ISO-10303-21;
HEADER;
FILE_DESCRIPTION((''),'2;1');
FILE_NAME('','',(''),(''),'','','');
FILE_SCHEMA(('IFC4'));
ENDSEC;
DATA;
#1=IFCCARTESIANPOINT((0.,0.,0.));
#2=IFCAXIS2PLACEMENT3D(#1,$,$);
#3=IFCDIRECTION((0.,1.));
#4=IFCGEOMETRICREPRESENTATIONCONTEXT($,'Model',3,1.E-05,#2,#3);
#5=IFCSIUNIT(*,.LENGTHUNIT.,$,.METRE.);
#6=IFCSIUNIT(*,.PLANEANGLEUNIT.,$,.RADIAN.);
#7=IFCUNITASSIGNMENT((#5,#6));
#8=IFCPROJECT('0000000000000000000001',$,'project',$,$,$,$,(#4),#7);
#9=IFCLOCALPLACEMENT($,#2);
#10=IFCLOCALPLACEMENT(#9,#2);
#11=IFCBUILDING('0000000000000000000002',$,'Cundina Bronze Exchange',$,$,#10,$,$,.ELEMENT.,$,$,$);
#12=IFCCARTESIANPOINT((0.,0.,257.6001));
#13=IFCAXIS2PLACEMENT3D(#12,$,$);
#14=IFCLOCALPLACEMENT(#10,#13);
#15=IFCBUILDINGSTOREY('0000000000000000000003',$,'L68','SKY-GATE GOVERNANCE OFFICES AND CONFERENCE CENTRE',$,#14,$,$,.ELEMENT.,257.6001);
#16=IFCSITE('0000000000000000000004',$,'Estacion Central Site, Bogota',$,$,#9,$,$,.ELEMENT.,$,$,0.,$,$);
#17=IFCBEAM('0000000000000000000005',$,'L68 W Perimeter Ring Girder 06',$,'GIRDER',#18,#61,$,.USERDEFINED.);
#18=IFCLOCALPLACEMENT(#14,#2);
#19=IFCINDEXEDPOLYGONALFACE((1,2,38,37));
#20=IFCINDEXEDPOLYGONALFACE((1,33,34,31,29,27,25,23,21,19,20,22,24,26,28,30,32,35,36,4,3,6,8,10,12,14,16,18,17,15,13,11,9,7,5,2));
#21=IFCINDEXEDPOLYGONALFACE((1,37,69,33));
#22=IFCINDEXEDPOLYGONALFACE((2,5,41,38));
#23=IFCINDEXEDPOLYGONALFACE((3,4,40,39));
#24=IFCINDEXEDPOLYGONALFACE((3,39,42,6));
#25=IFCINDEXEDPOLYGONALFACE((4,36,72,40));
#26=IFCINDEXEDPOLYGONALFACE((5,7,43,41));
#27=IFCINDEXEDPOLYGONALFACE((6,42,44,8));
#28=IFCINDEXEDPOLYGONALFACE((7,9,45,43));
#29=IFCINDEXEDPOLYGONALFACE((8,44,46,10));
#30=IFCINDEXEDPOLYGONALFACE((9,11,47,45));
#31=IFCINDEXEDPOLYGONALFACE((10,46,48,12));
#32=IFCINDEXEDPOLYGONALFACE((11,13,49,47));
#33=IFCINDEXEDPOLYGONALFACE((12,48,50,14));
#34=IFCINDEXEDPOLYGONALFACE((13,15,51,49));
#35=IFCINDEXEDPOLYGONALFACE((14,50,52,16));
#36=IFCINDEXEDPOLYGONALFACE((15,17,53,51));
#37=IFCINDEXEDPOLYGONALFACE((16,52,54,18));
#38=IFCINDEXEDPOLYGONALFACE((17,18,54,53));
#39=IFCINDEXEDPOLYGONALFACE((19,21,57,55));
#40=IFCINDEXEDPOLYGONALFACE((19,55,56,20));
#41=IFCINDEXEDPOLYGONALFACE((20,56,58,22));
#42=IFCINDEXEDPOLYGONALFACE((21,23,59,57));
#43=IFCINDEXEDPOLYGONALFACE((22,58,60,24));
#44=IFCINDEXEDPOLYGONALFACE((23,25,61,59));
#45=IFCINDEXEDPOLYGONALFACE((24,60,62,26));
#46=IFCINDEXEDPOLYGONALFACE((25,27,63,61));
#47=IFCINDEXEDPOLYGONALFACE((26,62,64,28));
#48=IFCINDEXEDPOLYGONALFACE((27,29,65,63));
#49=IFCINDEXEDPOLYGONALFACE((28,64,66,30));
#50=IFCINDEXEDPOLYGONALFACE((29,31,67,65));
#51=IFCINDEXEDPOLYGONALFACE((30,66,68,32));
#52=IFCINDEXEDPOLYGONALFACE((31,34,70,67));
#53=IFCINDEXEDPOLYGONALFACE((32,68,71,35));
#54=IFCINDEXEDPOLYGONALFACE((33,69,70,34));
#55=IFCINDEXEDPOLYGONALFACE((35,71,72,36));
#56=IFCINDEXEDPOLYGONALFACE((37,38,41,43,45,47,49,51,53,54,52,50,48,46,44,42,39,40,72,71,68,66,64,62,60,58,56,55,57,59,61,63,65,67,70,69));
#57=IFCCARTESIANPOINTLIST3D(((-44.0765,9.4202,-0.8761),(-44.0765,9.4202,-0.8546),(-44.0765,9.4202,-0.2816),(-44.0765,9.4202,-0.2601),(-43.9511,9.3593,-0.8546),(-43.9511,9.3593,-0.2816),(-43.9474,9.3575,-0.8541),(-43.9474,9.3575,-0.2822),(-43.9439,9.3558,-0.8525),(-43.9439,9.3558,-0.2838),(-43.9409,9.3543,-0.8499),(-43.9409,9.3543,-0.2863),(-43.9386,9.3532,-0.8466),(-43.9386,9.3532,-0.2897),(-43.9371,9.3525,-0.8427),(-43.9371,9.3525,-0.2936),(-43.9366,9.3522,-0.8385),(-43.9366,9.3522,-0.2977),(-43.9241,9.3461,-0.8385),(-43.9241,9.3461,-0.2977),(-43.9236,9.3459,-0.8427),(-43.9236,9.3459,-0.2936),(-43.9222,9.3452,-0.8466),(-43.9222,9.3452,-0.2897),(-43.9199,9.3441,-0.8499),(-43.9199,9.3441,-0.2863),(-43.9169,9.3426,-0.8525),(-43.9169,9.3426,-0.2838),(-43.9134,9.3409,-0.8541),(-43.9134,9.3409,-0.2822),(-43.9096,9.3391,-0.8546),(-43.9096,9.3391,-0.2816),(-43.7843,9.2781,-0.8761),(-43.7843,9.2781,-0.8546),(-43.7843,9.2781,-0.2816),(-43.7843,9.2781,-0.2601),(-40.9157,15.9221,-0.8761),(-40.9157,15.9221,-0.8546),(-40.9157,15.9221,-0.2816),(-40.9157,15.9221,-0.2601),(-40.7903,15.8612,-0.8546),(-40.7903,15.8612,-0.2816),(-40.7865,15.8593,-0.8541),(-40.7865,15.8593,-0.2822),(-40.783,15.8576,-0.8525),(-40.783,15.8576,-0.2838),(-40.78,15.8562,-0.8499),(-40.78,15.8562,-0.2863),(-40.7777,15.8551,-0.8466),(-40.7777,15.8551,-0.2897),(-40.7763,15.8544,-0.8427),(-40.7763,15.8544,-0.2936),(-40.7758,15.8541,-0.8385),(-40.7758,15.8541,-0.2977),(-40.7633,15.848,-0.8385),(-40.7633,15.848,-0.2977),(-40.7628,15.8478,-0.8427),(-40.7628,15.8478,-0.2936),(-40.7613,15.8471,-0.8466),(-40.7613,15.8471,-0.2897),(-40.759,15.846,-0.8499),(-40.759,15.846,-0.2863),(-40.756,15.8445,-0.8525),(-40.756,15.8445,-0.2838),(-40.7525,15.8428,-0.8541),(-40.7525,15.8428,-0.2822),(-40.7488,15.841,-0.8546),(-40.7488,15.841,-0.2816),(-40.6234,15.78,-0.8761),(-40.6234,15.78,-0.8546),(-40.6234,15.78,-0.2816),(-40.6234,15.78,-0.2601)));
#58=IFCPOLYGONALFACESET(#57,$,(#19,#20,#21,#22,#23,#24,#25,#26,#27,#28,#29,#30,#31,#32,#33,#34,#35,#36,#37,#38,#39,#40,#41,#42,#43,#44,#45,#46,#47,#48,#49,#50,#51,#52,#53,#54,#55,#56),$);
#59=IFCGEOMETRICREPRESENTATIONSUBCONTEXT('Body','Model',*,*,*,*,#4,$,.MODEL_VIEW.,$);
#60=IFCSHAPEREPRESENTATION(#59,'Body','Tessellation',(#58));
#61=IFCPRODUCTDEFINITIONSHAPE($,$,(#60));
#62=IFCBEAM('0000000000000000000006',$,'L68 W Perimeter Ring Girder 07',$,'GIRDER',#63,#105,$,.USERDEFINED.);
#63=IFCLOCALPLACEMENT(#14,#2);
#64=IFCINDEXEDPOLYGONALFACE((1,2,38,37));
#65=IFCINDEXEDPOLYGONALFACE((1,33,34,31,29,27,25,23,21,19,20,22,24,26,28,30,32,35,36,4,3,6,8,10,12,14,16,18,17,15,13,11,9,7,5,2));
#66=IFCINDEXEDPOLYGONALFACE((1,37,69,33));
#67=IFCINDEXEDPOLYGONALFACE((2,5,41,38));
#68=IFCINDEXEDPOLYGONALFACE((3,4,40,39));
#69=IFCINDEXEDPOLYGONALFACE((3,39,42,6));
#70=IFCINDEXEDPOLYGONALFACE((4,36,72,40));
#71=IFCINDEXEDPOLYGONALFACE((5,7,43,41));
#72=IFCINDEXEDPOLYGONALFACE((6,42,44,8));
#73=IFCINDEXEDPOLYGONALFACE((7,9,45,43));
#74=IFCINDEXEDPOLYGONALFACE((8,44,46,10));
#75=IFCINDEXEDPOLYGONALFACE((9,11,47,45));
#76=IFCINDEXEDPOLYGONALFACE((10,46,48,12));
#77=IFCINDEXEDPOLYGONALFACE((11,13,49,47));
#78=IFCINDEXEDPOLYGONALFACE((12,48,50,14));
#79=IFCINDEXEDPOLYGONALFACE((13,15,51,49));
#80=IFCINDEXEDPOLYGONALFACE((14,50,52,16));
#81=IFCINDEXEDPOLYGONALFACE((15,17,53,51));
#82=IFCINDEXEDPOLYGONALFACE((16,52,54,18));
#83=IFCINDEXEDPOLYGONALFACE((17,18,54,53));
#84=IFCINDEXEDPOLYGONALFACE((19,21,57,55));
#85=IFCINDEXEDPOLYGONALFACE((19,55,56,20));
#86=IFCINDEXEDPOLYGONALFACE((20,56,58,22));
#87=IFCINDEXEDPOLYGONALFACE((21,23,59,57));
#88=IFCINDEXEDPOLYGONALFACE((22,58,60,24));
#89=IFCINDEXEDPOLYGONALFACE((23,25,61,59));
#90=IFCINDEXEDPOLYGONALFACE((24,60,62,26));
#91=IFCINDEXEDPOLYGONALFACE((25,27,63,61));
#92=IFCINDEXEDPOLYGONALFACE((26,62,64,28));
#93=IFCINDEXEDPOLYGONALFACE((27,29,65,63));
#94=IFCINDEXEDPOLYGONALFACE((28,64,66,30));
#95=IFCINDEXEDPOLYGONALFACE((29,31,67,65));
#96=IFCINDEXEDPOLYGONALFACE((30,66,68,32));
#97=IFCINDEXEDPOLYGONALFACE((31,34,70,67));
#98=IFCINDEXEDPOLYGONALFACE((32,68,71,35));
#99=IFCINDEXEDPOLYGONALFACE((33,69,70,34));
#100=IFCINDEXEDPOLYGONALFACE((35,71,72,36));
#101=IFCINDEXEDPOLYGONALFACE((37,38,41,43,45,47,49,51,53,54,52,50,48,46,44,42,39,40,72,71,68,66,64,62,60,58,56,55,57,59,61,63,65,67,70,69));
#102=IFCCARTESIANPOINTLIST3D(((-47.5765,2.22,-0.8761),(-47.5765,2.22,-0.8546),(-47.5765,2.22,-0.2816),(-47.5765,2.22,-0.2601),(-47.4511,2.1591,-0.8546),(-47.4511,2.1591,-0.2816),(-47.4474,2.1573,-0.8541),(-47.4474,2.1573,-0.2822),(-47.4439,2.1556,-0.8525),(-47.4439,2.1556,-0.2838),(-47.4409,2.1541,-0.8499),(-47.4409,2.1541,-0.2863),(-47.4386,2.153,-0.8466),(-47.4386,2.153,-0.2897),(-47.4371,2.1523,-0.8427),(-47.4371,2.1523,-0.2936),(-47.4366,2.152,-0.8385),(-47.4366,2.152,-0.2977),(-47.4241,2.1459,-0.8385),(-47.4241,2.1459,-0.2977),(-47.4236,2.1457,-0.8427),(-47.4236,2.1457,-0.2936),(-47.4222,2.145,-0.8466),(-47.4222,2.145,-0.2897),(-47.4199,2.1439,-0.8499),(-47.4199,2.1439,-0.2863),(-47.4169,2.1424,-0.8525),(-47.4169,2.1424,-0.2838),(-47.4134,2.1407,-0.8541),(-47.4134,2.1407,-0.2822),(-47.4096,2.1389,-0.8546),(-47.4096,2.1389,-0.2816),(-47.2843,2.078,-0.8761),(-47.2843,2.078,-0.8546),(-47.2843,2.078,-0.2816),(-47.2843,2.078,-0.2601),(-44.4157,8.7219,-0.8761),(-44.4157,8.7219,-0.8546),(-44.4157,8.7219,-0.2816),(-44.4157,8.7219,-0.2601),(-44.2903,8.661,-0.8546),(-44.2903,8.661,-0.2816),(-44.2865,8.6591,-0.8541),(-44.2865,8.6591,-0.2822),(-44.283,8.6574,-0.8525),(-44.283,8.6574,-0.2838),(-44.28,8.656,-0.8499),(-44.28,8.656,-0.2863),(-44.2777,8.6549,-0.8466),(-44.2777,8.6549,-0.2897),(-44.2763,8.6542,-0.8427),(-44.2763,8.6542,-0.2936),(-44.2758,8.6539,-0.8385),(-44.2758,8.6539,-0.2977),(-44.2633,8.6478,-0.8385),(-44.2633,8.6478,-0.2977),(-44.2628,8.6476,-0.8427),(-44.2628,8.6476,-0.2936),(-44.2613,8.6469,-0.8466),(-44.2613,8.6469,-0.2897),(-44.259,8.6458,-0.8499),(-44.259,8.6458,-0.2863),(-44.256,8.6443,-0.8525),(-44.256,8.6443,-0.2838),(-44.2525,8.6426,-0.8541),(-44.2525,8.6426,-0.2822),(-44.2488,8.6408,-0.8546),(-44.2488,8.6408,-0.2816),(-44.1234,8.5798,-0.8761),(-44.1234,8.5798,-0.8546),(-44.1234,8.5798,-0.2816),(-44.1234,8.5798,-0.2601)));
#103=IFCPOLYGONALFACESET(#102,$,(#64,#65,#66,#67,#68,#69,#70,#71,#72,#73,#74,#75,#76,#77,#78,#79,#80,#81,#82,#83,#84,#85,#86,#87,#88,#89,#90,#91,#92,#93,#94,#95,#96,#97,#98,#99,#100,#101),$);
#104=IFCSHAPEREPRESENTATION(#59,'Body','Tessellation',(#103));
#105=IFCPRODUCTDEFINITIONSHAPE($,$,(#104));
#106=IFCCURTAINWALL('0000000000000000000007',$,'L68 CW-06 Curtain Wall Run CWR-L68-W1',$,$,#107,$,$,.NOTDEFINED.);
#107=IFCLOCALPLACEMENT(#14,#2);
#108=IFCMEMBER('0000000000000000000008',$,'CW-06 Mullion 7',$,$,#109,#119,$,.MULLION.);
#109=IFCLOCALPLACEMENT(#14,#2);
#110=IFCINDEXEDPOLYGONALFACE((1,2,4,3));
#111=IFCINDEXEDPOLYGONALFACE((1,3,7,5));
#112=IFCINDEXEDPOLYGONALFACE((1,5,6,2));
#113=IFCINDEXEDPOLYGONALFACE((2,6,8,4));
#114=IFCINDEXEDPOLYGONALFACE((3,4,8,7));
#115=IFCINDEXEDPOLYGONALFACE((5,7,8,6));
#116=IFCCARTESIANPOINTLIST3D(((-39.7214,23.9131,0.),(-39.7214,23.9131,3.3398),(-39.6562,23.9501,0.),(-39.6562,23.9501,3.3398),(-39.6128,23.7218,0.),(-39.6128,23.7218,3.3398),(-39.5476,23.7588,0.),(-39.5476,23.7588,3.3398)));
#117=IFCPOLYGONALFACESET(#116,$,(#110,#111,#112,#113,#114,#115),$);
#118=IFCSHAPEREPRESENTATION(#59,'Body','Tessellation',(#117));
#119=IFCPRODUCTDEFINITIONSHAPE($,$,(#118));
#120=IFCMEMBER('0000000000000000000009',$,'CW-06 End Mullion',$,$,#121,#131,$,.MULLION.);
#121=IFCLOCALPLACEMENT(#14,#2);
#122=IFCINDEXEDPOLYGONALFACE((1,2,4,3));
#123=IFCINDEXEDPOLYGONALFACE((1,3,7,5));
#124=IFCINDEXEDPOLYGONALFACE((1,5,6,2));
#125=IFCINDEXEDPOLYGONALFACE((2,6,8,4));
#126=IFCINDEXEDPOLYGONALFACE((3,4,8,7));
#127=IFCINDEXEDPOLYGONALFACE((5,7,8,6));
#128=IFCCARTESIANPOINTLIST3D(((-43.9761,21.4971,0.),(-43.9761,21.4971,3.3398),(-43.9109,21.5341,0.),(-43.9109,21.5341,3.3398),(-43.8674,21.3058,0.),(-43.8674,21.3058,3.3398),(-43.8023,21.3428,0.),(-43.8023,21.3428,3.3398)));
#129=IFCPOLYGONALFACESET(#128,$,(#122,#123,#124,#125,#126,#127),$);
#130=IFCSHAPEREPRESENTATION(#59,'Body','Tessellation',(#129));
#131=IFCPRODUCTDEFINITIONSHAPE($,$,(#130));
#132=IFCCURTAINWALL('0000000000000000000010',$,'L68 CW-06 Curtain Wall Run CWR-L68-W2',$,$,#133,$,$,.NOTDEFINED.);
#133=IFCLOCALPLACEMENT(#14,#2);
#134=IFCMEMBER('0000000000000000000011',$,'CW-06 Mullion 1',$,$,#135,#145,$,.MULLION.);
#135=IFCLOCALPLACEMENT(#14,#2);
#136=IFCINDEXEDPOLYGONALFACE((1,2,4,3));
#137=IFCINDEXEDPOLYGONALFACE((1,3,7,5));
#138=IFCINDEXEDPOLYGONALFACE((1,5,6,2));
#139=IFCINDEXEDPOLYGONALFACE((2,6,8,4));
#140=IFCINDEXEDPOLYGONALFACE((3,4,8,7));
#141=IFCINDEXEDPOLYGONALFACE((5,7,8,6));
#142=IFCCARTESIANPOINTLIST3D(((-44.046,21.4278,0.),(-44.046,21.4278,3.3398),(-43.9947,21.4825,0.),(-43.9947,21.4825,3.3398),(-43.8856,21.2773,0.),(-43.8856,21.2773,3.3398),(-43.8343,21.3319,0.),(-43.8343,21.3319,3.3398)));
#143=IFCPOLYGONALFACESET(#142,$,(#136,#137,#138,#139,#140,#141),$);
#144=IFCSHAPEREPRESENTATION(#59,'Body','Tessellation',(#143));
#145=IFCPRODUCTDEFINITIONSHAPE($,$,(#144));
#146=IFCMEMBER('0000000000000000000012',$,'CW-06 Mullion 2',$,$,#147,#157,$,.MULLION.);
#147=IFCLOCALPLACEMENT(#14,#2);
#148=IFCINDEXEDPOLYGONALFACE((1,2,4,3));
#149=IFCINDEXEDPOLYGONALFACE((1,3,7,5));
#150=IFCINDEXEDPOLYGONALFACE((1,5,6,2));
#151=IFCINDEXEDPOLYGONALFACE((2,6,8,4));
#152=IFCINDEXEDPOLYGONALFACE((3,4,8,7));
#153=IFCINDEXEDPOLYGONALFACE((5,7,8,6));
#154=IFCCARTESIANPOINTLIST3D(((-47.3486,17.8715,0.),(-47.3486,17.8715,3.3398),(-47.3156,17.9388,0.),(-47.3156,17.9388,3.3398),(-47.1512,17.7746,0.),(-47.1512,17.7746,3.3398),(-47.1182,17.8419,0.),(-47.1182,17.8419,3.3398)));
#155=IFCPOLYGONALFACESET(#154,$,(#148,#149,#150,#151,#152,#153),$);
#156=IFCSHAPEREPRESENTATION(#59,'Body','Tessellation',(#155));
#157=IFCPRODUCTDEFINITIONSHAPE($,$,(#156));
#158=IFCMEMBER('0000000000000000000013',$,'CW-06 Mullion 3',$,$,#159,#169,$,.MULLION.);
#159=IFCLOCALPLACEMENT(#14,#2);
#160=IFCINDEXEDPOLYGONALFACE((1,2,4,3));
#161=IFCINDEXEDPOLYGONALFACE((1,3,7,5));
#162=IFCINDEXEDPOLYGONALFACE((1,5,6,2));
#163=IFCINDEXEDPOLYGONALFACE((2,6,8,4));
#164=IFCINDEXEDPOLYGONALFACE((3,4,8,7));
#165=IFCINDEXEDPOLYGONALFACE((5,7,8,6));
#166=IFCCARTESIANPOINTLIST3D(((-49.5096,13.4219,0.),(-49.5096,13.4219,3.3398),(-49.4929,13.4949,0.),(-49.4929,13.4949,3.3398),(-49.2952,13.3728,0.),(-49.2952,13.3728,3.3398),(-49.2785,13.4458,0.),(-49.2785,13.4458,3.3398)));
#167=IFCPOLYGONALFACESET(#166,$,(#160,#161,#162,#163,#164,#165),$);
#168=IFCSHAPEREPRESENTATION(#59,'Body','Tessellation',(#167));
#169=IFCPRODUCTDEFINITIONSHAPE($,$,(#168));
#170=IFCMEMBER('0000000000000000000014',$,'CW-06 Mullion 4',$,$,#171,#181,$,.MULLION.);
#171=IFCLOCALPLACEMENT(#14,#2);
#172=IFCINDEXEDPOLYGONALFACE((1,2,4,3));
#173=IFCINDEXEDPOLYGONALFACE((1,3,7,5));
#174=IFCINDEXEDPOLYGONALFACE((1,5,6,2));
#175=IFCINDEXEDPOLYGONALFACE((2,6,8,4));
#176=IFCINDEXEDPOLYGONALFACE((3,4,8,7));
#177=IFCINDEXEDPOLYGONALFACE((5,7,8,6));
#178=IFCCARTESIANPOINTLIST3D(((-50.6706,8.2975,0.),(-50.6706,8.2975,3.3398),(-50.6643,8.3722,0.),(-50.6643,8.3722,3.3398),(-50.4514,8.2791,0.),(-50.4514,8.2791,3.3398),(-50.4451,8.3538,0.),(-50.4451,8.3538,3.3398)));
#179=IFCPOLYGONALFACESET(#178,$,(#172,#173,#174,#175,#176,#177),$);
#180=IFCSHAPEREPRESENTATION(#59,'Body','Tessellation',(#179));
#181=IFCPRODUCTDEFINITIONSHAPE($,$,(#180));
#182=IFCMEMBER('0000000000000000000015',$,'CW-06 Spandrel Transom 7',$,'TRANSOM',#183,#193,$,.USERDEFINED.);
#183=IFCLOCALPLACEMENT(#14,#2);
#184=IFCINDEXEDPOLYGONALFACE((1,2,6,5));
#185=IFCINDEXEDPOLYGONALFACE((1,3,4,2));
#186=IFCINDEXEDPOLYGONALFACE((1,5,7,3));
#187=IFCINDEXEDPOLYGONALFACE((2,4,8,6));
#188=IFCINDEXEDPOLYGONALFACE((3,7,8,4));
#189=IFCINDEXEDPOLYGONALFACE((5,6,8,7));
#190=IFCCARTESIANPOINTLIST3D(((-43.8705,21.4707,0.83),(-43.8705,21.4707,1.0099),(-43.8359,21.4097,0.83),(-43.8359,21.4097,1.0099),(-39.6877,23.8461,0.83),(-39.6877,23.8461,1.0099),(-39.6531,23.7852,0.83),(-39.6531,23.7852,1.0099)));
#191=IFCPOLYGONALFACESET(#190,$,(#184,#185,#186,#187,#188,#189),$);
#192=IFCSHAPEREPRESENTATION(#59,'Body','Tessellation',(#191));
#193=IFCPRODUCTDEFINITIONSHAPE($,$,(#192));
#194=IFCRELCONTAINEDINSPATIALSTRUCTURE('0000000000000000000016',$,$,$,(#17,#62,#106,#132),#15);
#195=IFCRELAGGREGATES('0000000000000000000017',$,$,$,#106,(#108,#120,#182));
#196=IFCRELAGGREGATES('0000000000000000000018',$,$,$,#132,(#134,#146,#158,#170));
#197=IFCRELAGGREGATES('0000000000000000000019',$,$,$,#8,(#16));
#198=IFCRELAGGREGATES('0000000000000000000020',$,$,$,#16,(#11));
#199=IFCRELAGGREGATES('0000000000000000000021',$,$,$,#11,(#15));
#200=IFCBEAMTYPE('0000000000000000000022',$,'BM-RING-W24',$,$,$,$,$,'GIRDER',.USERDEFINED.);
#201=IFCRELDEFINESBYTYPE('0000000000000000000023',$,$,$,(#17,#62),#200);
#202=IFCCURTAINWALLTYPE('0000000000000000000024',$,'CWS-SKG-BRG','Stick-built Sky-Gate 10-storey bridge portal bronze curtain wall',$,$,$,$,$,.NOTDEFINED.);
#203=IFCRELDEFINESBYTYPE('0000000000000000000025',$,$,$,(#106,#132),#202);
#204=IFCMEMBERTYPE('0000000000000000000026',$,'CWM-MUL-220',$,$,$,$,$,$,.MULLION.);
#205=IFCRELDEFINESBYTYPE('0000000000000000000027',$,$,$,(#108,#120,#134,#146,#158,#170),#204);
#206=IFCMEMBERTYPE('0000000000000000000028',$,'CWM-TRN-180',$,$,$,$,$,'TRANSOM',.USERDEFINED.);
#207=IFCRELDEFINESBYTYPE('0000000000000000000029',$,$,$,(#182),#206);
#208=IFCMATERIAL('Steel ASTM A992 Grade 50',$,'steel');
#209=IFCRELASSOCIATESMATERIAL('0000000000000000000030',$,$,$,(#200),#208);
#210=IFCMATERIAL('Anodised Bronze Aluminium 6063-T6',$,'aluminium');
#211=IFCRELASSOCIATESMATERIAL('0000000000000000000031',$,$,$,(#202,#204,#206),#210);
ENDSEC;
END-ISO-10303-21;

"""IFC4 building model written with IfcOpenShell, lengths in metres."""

from ifc_helpers import new_model, si_unit, direction, frame, origin, origin_2d, place, context, subcontext, project, spatial, rectangle, i_section, extrude, material, material_profile, profile_set, type_object, element, aggregate, save


model = new_model("IFC4")

# Units and contexts
model_context = context("Model", 3, precision=1e-05, world=origin(), true_north=direction((0.0, 1.0)))
body_context = subcontext(model_context, "Body", "Model", "MODEL_VIEW")
ifc_project = project(units=[si_unit("LENGTHUNIT", "METRE"), si_unit("PLANEANGLEUNIT", "RADIAN")], contexts=[model_context])

# Site, building, storey
site_placement = place(None, origin())
site = spatial("IfcSite", under=ifc_project, at=site_placement, Name="Estacion Central Site, Bogota", CompositionType="ELEMENT", RefElevation=0.0)
building_placement = place(site_placement, origin())
building = spatial("IfcBuilding", under=site, at=building_placement, Name="Cundina Bronze Exchange", CompositionType="ELEMENT")
storey_placement = place(building_placement, frame((0.0, 0.0, 257.6001)))
storey = spatial("IfcBuildingStorey", under=building, at=storey_placement, Name="L68", Description="SKY-GATE GOVERNANCE OFFICES AND CONFERENCE CENTRE", CompositionType="ELEMENT", Elevation=257.6001)

# Beams
ifc_material_1 = material(Name="Steel ASTM A992 Grade 50", Category="steel")
ifc_material_profile_1 = material_profile(ifc_material_1, i_section(OverallWidth=0.325, OverallDepth=0.616, WebThickness=0.0139, FlangeThickness=0.0215, FilletRadius=0.0161, at=origin_2d()), Name="W24X117", Category="steel")
ifc_profile_set_1 = profile_set([ifc_material_profile_1], Name="Steel ASTM A992 Grade 50")
beam_type_1 = type_object("IfcBeamType", Name="BM-RING-W24", ElementType="GIRDER", PredefinedType="USERDEFINED", material=ifc_profile_set_1)
for number, where, z_axis, x_axis, name in (
    (1, (-40.7695, 15.8511, -0.5681), (-0.437217, -0.899356, 0.0), (0.899356, -0.437217, 0.0), "L68 W Perimeter Ring Girder 06"),
    (2, (-44.2695, 8.6509, -0.5681), (-0.437217, -0.899356, 0.0), (0.899356, -0.437217, 0.0), "L68 W Perimeter Ring Girder 07"),
):
    element("IfcBeam", number, at=place(storey_placement, frame(where, z_axis=z_axis, x_axis=x_axis)), inside=storey, type_object=beam_type_1, Name=name, ObjectType="GIRDER", PredefinedType="USERDEFINED", context=body_context, shape_type="SweptSolid", body=[
        extrude(i_section(OverallWidth=0.325, OverallDepth=0.616, WebThickness=0.0139, FlangeThickness=0.0215, FilletRadius=0.0161, at=origin_2d()), origin(), (0.0, 0.0, 1.0), 7.2295),
    ])

# Curtain walls, members
ifc_material_2 = material(Name="Anodised Bronze Aluminium 6063-T6", Category="aluminium")
curtain_wall_type = type_object("IfcCurtainWallType", Name="CWS-SKG-BRG", Description="Stick-built Sky-Gate 10-storey bridge portal bronze curtain wall", PredefinedType="NOTDEFINED", material=ifc_material_2)
curtain_wall_1_placement = place(storey_placement, origin())
curtain_wall_1 = element("IfcCurtainWall", 3, at=curtain_wall_1_placement, inside=storey, type_object=curtain_wall_type, Name="L68 CW-06 Curtain Wall Run CWR-L68-W1", PredefinedType="NOTDEFINED")
ifc_material_profile_2 = material_profile(ifc_material_2, rectangle(XDim=0.075, YDim=0.22, at=origin_2d()), Name="AL75X220", Category="aluminium")
ifc_profile_set_2 = profile_set([ifc_material_profile_2], Name="Anodised Bronze Aluminium 6063-T6")
member_type_1 = type_object("IfcMemberType", Name="CWM-MUL-220", PredefinedType="MULLION", material=ifc_profile_set_2)
member_1_placement = place(storey_placement, frame((-39.6345, 23.8359, 0.0), z_axis=(0.0, 0.0, 1.0), x_axis=(-0.869581, -0.49379, 0.0)))
member_1 = element("IfcMember", 4, at=member_1_placement, type_object=member_type_1, Name="CW-06 Mullion 7", PredefinedType="MULLION", context=body_context, shape_type="SweptSolid", body=[
    extrude(rectangle(XDim=0.075, YDim=0.22, at=origin_2d()), origin(), (0.0, 0.0, 1.0), 3.3398),
])
member_2_placement = place(storey_placement, frame((-43.8892, 21.4199, 0.0), z_axis=(0.0, 0.0, 1.0), x_axis=(-0.869581, -0.49379, 0.0)))
member_2 = element("IfcMember", 5, at=member_2_placement, type_object=member_type_1, Name="CW-06 End Mullion", PredefinedType="MULLION", context=body_context, shape_type="SweptSolid", body=[
    extrude(rectangle(XDim=0.075, YDim=0.22, at=origin_2d()), origin(), (0.0, 0.0, 1.0), 3.3398),
])
curtain_wall_2_placement = place(storey_placement, origin())
curtain_wall_2 = element("IfcCurtainWall", 6, at=curtain_wall_2_placement, inside=storey, type_object=curtain_wall_type, Name="L68 CW-06 Curtain Wall Run CWR-L68-W2", PredefinedType="NOTDEFINED")
member_3_placement = place(storey_placement, frame((-43.9402, 21.3799, 0.0), z_axis=(0.0, 0.0, 1.0), x_axis=(-0.684293, -0.729208, 0.0)))
member_3 = element("IfcMember", 7, at=member_3_placement, type_object=member_type_1, Name="CW-06 Mullion 1", PredefinedType="MULLION", context=body_context, shape_type="SweptSolid", body=[
    extrude(rectangle(XDim=0.075, YDim=0.22, at=origin_2d()), origin(), (0.0, 0.0, 1.0), 3.3398),
])
member_4_placement = place(storey_placement, frame((-47.2334, 17.8567, 0.0), z_axis=(0.0, 0.0, 1.0), x_axis=(-0.440566, -0.89772, 0.0)))
member_4 = element("IfcMember", 8, at=member_4_placement, type_object=member_type_1, Name="CW-06 Mullion 2", PredefinedType="MULLION", context=body_context, shape_type="SweptSolid", body=[
    extrude(rectangle(XDim=0.075, YDim=0.22, at=origin_2d()), origin(), (0.0, 0.0, 1.0), 3.3398),
])
member_5_placement = place(storey_placement, frame((-49.394, 13.4338, 0.0), z_axis=(0.0, 0.0, 1.0), x_axis=(-0.22325, -0.974761, 0.0)))
member_5 = element("IfcMember", 9, at=member_5_placement, type_object=member_type_1, Name="CW-06 Mullion 3", PredefinedType="MULLION", context=body_context, shape_type="SweptSolid", body=[
    extrude(rectangle(XDim=0.075, YDim=0.22, at=origin_2d()), origin(), (0.0, 0.0, 1.0), 3.3398),
])
member_6_placement = place(storey_placement, frame((-50.5579, 8.3257, 0.0), z_axis=(0.0, 0.0, 1.0), x_axis=(-0.083678, -0.996493, 0.0)))
member_6 = element("IfcMember", 10, at=member_6_placement, type_object=member_type_1, Name="CW-06 Mullion 4", PredefinedType="MULLION", context=body_context, shape_type="SweptSolid", body=[
    extrude(rectangle(XDim=0.075, YDim=0.22, at=origin_2d()), origin(), (0.0, 0.0, 1.0), 3.3398),
])

# Member
ifc_material_profile_3 = material_profile(ifc_material_2, rectangle(XDim=0.0701, YDim=0.1799, at=origin_2d()), Name="AL70X180", Category="aluminium")
ifc_profile_set_3 = profile_set([ifc_material_profile_3], Name="Anodised Bronze Aluminium 6063-T6")
member_type_2 = type_object("IfcMemberType", Name="CWM-TRN-180", ElementType="TRANSOM", PredefinedType="USERDEFINED", material=ifc_profile_set_3)
member_7_placement = place(storey_placement, frame((-39.6704, 23.8157, 0.9199), z_axis=(-0.869558, -0.493831, 0.0), x_axis=(0.493831, -0.869558, 0.0)))
member_7 = element("IfcMember", 11, at=member_7_placement, type_object=member_type_2, Name="CW-06 Spandrel Transom 7", ObjectType="TRANSOM", PredefinedType="USERDEFINED", context=body_context, shape_type="SweptSolid", body=[
    extrude(rectangle(XDim=0.0701, YDim=0.1799, at=origin_2d()), origin(), (0.0, 0.0, 1.0), 4.8103),
])

aggregate(curtain_wall_1, [member_1, member_2, member_7])
aggregate(curtain_wall_2, [member_3, member_4, member_5, member_6])

save(model, "model.ifc")
